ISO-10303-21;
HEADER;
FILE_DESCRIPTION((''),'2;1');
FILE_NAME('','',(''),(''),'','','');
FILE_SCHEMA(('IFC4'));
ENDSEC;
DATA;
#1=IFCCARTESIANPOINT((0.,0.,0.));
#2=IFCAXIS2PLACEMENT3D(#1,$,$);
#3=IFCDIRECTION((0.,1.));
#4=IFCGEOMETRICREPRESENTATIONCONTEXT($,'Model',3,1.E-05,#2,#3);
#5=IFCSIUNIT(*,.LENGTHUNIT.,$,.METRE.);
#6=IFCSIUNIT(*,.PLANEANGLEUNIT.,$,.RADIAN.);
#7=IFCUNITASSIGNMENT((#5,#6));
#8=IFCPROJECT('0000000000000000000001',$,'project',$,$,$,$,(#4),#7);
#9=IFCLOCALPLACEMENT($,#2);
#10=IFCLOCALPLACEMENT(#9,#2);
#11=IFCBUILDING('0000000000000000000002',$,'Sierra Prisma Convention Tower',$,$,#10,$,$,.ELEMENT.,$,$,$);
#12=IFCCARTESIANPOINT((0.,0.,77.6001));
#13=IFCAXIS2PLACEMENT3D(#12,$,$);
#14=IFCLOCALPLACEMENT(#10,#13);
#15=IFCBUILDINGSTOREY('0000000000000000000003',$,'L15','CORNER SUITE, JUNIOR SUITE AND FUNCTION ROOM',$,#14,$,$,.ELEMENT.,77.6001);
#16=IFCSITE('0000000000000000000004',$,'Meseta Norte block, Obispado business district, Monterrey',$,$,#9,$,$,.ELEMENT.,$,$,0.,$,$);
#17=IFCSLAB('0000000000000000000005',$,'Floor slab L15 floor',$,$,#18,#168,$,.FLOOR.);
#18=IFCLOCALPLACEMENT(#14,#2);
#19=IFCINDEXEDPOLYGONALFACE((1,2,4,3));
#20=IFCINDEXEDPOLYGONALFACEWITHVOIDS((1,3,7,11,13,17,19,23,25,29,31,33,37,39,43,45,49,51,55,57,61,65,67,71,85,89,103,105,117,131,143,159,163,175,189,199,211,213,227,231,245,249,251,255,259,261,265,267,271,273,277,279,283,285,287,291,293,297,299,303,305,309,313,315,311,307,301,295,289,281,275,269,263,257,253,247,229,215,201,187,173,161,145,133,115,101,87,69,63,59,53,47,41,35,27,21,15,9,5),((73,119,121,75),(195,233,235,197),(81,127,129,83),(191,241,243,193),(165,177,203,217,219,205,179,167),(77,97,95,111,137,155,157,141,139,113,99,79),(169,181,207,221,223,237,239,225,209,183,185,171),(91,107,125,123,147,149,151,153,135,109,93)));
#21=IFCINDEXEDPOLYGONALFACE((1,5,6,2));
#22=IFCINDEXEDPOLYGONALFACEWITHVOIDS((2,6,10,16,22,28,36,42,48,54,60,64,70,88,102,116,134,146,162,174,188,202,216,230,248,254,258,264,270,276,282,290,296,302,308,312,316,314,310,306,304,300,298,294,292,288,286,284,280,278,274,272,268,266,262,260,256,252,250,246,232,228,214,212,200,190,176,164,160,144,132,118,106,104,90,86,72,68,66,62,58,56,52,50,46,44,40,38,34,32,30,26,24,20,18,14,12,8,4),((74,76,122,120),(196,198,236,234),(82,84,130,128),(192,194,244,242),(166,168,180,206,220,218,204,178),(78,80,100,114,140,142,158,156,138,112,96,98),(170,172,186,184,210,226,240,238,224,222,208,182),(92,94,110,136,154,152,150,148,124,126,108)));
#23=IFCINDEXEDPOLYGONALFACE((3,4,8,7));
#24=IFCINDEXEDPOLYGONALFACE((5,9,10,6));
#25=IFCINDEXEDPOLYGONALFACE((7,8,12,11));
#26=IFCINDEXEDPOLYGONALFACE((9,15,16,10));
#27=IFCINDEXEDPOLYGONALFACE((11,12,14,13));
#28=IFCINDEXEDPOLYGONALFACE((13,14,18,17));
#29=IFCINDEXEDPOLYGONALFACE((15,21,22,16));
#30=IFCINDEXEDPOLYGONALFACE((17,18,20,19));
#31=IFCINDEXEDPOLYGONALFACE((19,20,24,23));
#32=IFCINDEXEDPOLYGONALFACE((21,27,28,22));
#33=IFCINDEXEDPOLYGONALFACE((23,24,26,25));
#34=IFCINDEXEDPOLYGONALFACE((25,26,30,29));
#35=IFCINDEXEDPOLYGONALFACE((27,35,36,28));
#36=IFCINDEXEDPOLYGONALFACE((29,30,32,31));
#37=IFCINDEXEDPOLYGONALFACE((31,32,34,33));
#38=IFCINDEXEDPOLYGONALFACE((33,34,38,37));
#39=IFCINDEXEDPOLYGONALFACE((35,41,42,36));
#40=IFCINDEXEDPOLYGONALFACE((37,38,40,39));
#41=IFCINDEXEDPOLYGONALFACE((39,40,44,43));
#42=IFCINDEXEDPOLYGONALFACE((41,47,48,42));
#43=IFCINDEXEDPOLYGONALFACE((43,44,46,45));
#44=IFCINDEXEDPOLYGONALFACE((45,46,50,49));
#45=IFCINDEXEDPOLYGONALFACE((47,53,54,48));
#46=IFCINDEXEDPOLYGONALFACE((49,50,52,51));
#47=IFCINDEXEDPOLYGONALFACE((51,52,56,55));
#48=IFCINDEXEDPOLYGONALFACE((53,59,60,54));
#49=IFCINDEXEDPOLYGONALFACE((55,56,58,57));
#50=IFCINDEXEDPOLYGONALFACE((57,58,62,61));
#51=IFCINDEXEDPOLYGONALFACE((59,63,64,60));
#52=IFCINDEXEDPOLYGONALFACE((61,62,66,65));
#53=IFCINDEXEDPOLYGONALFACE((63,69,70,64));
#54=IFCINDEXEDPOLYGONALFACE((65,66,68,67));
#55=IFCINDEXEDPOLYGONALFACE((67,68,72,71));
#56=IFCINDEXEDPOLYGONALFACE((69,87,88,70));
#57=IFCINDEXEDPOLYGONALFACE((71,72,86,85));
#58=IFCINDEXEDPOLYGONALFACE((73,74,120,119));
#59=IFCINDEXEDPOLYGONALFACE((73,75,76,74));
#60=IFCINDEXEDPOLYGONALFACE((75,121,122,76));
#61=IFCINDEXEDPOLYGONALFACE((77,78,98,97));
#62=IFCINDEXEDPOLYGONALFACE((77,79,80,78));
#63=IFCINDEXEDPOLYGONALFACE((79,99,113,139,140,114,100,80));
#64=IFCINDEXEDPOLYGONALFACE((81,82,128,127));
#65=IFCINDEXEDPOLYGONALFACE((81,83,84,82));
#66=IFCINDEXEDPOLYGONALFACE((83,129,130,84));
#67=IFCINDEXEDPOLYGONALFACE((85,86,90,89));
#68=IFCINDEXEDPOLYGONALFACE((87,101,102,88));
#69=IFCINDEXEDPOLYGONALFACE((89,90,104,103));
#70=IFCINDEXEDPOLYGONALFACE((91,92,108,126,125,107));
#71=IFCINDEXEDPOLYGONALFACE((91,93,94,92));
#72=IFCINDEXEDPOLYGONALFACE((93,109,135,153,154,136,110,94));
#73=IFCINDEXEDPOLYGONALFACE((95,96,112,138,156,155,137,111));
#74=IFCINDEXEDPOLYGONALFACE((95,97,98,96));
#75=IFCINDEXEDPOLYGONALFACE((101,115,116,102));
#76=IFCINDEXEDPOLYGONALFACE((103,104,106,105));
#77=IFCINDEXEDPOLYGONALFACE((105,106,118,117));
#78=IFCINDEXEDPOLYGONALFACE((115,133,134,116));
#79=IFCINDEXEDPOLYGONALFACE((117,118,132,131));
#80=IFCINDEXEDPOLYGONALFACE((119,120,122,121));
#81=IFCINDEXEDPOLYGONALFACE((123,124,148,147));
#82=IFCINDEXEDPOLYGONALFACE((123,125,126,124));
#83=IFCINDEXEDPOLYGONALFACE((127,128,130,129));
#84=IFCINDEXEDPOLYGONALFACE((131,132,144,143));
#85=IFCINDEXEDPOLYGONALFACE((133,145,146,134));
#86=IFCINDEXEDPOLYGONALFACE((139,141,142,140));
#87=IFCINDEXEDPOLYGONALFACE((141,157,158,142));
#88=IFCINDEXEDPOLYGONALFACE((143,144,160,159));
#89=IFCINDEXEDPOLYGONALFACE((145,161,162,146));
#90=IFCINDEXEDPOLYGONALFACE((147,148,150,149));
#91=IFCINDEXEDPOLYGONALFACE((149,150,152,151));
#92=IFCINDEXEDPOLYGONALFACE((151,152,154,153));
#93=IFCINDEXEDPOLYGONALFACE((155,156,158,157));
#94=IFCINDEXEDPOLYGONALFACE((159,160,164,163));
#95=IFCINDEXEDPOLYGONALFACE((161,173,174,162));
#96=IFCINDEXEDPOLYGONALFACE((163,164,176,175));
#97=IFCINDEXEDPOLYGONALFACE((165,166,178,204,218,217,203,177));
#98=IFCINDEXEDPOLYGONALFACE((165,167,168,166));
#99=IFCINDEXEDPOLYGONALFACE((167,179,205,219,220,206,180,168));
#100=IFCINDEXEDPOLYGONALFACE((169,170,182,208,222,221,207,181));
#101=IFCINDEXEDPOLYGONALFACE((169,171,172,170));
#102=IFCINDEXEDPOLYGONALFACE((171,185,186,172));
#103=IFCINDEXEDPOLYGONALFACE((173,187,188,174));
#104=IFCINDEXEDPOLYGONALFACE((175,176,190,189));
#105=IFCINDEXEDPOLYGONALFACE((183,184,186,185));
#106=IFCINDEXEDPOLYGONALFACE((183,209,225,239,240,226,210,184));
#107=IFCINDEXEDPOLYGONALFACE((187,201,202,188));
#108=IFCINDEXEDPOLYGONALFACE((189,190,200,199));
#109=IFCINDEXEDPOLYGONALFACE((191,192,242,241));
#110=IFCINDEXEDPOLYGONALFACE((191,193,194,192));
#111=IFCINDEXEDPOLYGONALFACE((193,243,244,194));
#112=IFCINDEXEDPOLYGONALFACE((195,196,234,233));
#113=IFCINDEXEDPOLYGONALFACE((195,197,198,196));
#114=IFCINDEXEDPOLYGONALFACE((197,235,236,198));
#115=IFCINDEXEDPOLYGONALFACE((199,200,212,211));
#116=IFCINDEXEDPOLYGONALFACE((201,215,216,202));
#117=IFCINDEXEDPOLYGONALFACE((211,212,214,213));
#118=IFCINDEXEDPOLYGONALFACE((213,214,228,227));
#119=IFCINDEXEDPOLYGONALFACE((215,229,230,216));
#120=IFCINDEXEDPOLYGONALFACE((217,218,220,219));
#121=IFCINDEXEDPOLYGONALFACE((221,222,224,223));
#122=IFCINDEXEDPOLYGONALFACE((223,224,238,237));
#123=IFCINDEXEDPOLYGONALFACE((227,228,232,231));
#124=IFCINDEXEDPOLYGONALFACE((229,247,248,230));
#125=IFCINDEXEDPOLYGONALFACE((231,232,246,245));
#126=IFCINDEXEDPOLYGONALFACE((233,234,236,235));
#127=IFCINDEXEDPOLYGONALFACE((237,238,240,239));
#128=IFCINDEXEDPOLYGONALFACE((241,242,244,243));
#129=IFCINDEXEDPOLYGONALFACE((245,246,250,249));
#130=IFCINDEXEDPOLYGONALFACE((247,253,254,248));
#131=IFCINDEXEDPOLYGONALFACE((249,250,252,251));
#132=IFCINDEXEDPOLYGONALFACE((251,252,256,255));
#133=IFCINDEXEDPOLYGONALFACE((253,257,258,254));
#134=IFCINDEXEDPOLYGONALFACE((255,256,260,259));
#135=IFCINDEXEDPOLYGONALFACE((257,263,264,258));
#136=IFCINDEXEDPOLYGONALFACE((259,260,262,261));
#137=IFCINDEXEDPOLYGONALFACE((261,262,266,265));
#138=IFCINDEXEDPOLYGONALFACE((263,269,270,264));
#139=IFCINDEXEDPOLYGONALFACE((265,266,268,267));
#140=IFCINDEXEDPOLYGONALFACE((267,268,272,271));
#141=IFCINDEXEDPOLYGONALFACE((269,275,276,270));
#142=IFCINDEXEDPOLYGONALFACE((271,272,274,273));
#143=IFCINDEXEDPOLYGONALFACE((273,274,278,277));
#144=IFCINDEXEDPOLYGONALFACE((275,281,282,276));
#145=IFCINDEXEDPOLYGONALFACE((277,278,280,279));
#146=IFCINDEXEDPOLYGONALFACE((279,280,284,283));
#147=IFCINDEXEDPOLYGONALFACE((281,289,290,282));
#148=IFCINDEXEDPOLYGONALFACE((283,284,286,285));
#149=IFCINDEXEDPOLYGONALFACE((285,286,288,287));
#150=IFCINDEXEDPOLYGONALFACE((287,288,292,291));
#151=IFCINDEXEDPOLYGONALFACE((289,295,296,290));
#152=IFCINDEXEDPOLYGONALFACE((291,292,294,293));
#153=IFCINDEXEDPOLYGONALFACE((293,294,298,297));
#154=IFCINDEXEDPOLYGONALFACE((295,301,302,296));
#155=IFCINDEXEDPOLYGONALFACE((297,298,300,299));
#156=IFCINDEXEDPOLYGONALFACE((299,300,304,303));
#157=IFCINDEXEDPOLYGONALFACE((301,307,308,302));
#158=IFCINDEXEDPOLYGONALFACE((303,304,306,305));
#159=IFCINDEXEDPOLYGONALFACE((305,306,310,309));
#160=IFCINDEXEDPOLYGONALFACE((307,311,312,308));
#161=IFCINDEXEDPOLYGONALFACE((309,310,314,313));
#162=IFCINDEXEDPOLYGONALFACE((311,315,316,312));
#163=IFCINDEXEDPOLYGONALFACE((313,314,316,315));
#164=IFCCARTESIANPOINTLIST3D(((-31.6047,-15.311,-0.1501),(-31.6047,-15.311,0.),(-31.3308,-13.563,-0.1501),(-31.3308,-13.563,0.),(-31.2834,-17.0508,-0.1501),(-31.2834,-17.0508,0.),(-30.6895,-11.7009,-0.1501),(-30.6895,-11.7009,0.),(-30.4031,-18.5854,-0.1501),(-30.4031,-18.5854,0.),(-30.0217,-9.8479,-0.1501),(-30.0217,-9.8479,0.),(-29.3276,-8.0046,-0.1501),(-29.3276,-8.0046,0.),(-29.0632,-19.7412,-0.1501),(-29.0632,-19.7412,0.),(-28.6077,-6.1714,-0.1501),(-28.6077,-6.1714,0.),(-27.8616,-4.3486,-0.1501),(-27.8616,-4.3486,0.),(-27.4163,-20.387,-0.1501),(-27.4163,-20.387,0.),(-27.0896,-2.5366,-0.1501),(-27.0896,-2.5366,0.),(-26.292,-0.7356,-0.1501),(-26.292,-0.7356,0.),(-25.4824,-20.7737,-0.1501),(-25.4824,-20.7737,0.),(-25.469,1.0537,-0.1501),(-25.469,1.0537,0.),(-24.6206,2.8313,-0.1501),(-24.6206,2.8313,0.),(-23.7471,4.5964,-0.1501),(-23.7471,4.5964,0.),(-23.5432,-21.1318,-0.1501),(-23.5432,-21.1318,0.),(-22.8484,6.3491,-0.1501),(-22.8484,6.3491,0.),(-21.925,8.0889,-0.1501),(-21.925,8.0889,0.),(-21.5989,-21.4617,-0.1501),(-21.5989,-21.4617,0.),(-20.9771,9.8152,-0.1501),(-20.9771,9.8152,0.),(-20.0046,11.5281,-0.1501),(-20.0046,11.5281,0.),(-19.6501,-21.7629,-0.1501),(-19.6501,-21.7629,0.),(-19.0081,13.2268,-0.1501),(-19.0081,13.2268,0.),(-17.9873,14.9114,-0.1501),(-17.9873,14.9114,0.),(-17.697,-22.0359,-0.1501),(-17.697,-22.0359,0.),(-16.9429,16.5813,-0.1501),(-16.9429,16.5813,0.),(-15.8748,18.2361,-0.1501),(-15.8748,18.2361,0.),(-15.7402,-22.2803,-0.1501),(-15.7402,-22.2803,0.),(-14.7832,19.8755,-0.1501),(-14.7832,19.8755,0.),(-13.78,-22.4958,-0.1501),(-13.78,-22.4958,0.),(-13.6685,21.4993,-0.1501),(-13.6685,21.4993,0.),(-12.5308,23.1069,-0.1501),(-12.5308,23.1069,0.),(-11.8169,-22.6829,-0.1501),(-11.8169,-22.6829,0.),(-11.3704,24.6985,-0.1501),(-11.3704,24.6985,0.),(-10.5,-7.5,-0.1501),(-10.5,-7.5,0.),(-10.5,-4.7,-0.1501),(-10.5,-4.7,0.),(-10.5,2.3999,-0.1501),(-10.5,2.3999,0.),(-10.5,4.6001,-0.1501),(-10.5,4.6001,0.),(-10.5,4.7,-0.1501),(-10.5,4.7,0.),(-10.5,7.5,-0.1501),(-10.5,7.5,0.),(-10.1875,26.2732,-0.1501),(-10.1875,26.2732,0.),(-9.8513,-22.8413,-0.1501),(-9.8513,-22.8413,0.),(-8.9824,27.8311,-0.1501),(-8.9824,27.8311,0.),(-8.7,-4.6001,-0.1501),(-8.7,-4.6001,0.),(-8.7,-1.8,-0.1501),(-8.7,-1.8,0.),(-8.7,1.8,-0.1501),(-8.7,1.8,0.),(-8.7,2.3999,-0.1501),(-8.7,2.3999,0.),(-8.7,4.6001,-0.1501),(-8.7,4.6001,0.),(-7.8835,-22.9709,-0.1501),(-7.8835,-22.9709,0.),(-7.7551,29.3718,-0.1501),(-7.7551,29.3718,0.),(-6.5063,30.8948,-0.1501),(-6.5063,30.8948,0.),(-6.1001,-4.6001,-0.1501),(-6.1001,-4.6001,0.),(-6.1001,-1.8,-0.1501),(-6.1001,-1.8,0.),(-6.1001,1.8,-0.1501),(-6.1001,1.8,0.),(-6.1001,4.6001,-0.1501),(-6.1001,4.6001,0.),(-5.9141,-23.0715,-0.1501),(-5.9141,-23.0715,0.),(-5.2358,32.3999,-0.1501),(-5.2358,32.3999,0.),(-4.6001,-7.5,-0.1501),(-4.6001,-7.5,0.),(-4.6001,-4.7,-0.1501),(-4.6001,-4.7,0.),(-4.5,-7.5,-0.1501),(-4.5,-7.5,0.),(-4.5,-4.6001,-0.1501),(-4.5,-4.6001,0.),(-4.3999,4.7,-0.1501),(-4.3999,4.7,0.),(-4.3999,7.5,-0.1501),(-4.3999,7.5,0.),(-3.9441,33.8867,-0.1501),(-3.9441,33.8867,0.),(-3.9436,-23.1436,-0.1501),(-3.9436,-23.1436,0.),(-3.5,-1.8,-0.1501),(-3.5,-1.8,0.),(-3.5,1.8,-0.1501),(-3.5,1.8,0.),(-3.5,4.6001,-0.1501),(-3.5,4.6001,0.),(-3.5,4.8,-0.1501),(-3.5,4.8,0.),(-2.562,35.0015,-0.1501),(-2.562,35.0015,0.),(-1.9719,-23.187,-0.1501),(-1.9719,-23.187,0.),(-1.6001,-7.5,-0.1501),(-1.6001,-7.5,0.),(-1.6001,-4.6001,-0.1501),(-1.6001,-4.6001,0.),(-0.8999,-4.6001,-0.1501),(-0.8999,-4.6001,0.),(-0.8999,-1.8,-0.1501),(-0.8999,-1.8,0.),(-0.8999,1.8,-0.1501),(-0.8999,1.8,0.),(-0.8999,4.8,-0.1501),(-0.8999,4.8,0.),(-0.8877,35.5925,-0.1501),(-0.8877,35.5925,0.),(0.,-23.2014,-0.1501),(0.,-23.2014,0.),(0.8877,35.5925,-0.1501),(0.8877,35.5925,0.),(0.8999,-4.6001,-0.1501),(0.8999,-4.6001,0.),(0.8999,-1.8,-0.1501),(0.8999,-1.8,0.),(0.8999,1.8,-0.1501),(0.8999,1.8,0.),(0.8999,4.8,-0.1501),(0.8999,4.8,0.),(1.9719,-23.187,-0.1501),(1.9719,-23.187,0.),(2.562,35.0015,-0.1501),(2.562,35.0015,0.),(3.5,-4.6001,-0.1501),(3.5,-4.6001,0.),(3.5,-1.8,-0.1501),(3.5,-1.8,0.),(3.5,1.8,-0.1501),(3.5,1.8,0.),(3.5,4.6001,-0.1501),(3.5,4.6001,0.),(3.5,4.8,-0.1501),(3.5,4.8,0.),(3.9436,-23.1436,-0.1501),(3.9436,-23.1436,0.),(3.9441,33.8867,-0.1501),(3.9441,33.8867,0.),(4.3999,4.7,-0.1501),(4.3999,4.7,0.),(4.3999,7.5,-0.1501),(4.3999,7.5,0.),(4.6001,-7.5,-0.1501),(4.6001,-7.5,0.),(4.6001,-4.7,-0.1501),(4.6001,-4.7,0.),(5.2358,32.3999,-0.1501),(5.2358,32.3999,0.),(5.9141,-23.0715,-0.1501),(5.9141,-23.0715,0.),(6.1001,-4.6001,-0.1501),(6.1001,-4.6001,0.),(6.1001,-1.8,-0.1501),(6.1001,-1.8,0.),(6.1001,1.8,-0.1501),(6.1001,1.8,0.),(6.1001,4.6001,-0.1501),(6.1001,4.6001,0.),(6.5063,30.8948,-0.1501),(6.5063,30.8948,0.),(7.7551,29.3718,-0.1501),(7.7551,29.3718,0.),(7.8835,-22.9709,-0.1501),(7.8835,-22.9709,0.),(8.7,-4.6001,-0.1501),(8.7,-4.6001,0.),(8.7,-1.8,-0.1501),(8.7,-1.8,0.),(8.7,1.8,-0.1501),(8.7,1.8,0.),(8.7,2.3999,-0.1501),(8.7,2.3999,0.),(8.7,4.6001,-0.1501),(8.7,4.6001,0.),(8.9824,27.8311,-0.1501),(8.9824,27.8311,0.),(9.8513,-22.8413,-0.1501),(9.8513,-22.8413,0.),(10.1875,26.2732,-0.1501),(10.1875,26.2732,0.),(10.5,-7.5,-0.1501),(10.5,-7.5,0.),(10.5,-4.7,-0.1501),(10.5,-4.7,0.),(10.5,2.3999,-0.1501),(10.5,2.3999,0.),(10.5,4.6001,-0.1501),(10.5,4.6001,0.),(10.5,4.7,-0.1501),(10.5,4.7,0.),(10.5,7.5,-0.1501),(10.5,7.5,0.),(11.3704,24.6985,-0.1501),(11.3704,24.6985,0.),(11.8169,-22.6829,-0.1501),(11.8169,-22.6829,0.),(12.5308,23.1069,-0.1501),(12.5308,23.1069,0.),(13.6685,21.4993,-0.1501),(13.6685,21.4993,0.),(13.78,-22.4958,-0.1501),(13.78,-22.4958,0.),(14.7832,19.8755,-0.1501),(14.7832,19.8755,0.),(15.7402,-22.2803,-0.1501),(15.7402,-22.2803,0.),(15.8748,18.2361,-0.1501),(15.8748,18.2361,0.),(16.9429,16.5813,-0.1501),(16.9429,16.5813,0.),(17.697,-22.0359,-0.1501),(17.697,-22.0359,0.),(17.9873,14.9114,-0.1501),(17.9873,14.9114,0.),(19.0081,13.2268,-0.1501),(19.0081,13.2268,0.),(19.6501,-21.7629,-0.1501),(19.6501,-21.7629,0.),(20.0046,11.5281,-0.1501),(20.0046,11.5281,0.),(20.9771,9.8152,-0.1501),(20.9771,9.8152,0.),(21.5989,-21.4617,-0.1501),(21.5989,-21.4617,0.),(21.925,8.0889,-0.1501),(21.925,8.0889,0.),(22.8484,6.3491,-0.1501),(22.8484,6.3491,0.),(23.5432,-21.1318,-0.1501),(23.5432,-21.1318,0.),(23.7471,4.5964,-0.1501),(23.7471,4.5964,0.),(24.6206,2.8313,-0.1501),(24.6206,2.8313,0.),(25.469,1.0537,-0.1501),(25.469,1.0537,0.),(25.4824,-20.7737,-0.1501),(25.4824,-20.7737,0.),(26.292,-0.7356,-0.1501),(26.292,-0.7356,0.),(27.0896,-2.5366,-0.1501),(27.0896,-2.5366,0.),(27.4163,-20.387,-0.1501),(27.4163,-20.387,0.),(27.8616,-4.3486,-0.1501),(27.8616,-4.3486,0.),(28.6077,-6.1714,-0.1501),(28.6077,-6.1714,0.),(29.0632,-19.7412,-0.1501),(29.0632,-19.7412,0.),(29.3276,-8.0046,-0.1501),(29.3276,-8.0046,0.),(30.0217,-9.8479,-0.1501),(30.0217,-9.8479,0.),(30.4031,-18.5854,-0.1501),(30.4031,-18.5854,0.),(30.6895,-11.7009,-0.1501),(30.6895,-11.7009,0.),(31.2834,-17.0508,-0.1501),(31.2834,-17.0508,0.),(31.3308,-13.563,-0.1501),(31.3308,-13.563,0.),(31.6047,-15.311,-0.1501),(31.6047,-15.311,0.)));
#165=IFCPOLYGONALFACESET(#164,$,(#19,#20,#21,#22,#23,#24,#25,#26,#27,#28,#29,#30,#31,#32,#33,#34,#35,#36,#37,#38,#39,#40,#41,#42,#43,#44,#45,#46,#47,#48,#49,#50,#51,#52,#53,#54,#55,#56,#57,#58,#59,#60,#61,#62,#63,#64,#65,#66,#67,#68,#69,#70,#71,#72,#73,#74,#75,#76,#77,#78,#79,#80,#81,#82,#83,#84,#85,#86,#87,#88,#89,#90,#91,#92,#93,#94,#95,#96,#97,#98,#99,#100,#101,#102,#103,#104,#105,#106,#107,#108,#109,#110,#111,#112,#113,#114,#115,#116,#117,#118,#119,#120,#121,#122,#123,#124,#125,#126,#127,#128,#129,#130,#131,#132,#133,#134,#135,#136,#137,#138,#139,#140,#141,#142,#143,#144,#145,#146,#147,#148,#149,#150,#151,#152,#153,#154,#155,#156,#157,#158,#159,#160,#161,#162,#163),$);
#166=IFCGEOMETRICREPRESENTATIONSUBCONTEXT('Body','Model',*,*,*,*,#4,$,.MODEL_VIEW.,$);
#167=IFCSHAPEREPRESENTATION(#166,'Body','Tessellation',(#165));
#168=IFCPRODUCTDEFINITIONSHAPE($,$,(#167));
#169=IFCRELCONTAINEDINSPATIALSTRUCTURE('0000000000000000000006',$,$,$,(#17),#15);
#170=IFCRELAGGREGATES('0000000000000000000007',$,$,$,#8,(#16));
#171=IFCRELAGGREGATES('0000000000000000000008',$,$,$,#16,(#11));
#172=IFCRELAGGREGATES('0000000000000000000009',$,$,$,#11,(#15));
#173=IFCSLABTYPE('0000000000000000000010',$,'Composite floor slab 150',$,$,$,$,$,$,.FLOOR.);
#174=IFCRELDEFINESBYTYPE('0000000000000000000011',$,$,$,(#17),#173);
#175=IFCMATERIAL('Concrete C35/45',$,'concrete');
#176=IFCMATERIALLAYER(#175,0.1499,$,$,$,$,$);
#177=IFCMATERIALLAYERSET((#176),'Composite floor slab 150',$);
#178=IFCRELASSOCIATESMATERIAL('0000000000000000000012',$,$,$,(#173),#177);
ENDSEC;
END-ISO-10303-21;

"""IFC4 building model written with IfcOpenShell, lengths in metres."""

from ifc_helpers import new_model, si_unit, direction, frame, origin, place, context, subcontext, project, spatial, polyline, outline, extrude, material, layer, layer_set, type_object, element, save


model = new_model("IFC4")

# Units and contexts
model_context = context("Model", 3, precision=1e-05, world=origin(), true_north=direction((0.0, 1.0)))
body_context = subcontext(model_context, "Body", "Model", "MODEL_VIEW")
ifc_project = project(units=[si_unit("LENGTHUNIT", "METRE"), si_unit("PLANEANGLEUNIT", "RADIAN")], contexts=[model_context])

# Site, building, storey
site_placement = place(None, origin())
site = spatial("IfcSite", under=ifc_project, at=site_placement, Name="Meseta Norte block, Obispado business district, Monterrey", CompositionType="ELEMENT", RefElevation=0.0)
building_placement = place(site_placement, origin())
building = spatial("IfcBuilding", under=site, at=building_placement, Name="Sierra Prisma Convention Tower", CompositionType="ELEMENT")
storey_placement = place(building_placement, frame((0.0, 0.0, 77.6001)))
storey = spatial("IfcBuildingStorey", under=building, at=storey_placement, Name="L15", Description="CORNER SUITE, JUNIOR SUITE AND FUNCTION ROOM", CompositionType="ELEMENT", Elevation=77.6001)

# Slab
ifc_material_1 = material(Name="Concrete C35/45", Category="concrete")
ifc_layer_1 = layer(ifc_material_1, 0.1499)
ifc_layer_set_1 = layer_set([ifc_layer_1], Name="Composite floor slab 150")
slab_type = type_object("IfcSlabType", Name="Composite floor slab 150", PredefinedType="FLOOR", material=ifc_layer_set_1)
slab_placement = place(storey_placement, frame((0.0, 0.0, -0.1501)))
element("IfcSlab", 1, at=slab_placement, inside=storey, type_object=slab_type, Name="Floor slab L15 floor", PredefinedType="FLOOR", context=body_context, shape_type="SweptSolid", body=[
    extrude(outline(polyline([(-27.4163, -20.387), (-25.4824, -20.7737), (-23.5432, -21.1318), (-21.5989, -21.4617), (-19.6501, -21.7629), (-17.697, -22.0359), (-15.7402, -22.2803), (-13.78, -22.4958), (-11.8169, -22.6829), (-9.8513, -22.8413), (-7.8835, -22.9709), (-5.9141, -23.0715), (-3.9436, -23.1436), (-1.9719, -23.187), (0.0, -23.2014), (1.9719, -23.187), (3.9436, -23.1436), (5.9141, -23.0715), (7.8835, -22.9709), (9.8513, -22.8413), (11.8169, -22.6829), (13.78, -22.4958), (15.7402, -22.2803), (17.697, -22.0359), (19.6501, -21.7629), (21.5989, -21.4617), (23.5432, -21.1318), (25.4824, -20.7737), (27.4163, -20.387), (29.0632, -19.7412), (30.4031, -18.5854), (31.2834, -17.0508), (31.6047, -15.311), (31.3308, -13.563), (30.6895, -11.7009), (30.0217, -9.8479), (29.3276, -8.0046), (28.6077, -6.1714), (27.8616, -4.3486), (27.0896, -2.5366), (26.292, -0.7356), (25.469, 1.0537), (24.6206, 2.8313), (23.7471, 4.5964), (22.8484, 6.3491), (21.925, 8.0889), (20.9771, 9.8152), (20.0046, 11.5281), (19.0081, 13.2268), (17.9873, 14.9114), (16.9429, 16.5813), (15.8748, 18.2361), (14.7832, 19.8755), (13.6685, 21.4993), (12.5308, 23.1069), (11.3704, 24.6985), (10.1875, 26.2732), (8.9824, 27.8311), (7.7551, 29.3718), (6.5063, 30.8948), (5.2358, 32.3999), (3.9441, 33.8867), (2.562, 35.0015), (0.8877, 35.5925), (-0.8877, 35.5925), (-2.562, 35.0015), (-3.9441, 33.8867), (-5.2358, 32.3999), (-6.5063, 30.8948), (-7.7551, 29.3718), (-8.9824, 27.8311), (-10.1875, 26.2732), (-11.3704, 24.6985), (-12.5308, 23.1069), (-13.6685, 21.4993), (-14.7832, 19.8755), (-15.8748, 18.2361), (-16.9429, 16.5813), (-17.9873, 14.9114), (-19.0081, 13.2268), (-20.0046, 11.5281), (-20.9771, 9.8152), (-21.925, 8.0889), (-22.8484, 6.3491), (-23.7471, 4.5964), (-24.6206, 2.8313), (-25.469, 1.0537), (-26.292, -0.7356), (-27.0896, -2.5366), (-27.8616, -4.3486), (-28.6077, -6.1714), (-29.3276, -8.0046), (-30.0217, -9.8479), (-30.6895, -11.7009), (-31.3308, -13.563), (-31.6047, -15.311), (-31.2834, -17.0508), (-30.4031, -18.5854), (-29.0632, -19.7412), (-27.4163, -20.387)]), holes=[polyline([(-4.6001, -7.5), (-10.5, -7.5), (-10.5, -4.7), (-4.6001, -4.7), (-4.6001, -7.5)]), polyline([(-8.7, -4.6001), (-8.7, -1.8), (-6.1001, -1.8), (-3.5, -1.8), (-0.8999, -1.8), (-0.8999, -4.6001), (-1.6001, -4.6001), (-1.6001, -7.5), (-4.5, -7.5), (-4.5, -4.6001), (-6.1001, -4.6001), (-8.7, -4.6001)]), polyline([(-10.5, 4.6001), (-8.7, 4.6001), (-6.1001, 4.6001), (-3.5, 4.6001), (-3.5, 4.8), (-0.8999, 4.8), (-0.8999, 1.8), (-3.5, 1.8), (-6.1001, 1.8), (-8.7, 1.8), (-8.7, 2.3999), (-10.5, 2.3999), (-10.5, 4.6001)]), polyline([(-4.3999, 4.7), (-10.5, 4.7), (-10.5, 7.5), (-4.3999, 7.5), (-4.3999, 4.7)]), polyline([(10.5, -7.5), (4.6001, -7.5), (4.6001, -4.7), (10.5, -4.7), (10.5, -7.5)]), polyline([(6.1001, -1.8), (8.7, -1.8), (8.7, -4.6001), (6.1001, -4.6001), (3.5, -4.6001), (0.8999, -4.6001), (0.8999, -1.8), (3.5, -1.8), (6.1001, -1.8)]), polyline([(10.5, 4.6001), (10.5, 2.3999), (8.7, 2.3999), (8.7, 1.8), (6.1001, 1.8), (3.5, 1.8), (0.8999, 1.8), (0.8999, 4.8), (3.5, 4.8), (3.5, 4.6001), (6.1001, 4.6001), (8.7, 4.6001), (10.5, 4.6001)]), polyline([(4.3999, 4.7), (4.3999, 7.5), (10.5, 7.5), (10.5, 4.7), (4.3999, 4.7)])]), origin(), (0.0, 0.0, 1.0), 0.1501),
])

save(model, "model.ifc")
